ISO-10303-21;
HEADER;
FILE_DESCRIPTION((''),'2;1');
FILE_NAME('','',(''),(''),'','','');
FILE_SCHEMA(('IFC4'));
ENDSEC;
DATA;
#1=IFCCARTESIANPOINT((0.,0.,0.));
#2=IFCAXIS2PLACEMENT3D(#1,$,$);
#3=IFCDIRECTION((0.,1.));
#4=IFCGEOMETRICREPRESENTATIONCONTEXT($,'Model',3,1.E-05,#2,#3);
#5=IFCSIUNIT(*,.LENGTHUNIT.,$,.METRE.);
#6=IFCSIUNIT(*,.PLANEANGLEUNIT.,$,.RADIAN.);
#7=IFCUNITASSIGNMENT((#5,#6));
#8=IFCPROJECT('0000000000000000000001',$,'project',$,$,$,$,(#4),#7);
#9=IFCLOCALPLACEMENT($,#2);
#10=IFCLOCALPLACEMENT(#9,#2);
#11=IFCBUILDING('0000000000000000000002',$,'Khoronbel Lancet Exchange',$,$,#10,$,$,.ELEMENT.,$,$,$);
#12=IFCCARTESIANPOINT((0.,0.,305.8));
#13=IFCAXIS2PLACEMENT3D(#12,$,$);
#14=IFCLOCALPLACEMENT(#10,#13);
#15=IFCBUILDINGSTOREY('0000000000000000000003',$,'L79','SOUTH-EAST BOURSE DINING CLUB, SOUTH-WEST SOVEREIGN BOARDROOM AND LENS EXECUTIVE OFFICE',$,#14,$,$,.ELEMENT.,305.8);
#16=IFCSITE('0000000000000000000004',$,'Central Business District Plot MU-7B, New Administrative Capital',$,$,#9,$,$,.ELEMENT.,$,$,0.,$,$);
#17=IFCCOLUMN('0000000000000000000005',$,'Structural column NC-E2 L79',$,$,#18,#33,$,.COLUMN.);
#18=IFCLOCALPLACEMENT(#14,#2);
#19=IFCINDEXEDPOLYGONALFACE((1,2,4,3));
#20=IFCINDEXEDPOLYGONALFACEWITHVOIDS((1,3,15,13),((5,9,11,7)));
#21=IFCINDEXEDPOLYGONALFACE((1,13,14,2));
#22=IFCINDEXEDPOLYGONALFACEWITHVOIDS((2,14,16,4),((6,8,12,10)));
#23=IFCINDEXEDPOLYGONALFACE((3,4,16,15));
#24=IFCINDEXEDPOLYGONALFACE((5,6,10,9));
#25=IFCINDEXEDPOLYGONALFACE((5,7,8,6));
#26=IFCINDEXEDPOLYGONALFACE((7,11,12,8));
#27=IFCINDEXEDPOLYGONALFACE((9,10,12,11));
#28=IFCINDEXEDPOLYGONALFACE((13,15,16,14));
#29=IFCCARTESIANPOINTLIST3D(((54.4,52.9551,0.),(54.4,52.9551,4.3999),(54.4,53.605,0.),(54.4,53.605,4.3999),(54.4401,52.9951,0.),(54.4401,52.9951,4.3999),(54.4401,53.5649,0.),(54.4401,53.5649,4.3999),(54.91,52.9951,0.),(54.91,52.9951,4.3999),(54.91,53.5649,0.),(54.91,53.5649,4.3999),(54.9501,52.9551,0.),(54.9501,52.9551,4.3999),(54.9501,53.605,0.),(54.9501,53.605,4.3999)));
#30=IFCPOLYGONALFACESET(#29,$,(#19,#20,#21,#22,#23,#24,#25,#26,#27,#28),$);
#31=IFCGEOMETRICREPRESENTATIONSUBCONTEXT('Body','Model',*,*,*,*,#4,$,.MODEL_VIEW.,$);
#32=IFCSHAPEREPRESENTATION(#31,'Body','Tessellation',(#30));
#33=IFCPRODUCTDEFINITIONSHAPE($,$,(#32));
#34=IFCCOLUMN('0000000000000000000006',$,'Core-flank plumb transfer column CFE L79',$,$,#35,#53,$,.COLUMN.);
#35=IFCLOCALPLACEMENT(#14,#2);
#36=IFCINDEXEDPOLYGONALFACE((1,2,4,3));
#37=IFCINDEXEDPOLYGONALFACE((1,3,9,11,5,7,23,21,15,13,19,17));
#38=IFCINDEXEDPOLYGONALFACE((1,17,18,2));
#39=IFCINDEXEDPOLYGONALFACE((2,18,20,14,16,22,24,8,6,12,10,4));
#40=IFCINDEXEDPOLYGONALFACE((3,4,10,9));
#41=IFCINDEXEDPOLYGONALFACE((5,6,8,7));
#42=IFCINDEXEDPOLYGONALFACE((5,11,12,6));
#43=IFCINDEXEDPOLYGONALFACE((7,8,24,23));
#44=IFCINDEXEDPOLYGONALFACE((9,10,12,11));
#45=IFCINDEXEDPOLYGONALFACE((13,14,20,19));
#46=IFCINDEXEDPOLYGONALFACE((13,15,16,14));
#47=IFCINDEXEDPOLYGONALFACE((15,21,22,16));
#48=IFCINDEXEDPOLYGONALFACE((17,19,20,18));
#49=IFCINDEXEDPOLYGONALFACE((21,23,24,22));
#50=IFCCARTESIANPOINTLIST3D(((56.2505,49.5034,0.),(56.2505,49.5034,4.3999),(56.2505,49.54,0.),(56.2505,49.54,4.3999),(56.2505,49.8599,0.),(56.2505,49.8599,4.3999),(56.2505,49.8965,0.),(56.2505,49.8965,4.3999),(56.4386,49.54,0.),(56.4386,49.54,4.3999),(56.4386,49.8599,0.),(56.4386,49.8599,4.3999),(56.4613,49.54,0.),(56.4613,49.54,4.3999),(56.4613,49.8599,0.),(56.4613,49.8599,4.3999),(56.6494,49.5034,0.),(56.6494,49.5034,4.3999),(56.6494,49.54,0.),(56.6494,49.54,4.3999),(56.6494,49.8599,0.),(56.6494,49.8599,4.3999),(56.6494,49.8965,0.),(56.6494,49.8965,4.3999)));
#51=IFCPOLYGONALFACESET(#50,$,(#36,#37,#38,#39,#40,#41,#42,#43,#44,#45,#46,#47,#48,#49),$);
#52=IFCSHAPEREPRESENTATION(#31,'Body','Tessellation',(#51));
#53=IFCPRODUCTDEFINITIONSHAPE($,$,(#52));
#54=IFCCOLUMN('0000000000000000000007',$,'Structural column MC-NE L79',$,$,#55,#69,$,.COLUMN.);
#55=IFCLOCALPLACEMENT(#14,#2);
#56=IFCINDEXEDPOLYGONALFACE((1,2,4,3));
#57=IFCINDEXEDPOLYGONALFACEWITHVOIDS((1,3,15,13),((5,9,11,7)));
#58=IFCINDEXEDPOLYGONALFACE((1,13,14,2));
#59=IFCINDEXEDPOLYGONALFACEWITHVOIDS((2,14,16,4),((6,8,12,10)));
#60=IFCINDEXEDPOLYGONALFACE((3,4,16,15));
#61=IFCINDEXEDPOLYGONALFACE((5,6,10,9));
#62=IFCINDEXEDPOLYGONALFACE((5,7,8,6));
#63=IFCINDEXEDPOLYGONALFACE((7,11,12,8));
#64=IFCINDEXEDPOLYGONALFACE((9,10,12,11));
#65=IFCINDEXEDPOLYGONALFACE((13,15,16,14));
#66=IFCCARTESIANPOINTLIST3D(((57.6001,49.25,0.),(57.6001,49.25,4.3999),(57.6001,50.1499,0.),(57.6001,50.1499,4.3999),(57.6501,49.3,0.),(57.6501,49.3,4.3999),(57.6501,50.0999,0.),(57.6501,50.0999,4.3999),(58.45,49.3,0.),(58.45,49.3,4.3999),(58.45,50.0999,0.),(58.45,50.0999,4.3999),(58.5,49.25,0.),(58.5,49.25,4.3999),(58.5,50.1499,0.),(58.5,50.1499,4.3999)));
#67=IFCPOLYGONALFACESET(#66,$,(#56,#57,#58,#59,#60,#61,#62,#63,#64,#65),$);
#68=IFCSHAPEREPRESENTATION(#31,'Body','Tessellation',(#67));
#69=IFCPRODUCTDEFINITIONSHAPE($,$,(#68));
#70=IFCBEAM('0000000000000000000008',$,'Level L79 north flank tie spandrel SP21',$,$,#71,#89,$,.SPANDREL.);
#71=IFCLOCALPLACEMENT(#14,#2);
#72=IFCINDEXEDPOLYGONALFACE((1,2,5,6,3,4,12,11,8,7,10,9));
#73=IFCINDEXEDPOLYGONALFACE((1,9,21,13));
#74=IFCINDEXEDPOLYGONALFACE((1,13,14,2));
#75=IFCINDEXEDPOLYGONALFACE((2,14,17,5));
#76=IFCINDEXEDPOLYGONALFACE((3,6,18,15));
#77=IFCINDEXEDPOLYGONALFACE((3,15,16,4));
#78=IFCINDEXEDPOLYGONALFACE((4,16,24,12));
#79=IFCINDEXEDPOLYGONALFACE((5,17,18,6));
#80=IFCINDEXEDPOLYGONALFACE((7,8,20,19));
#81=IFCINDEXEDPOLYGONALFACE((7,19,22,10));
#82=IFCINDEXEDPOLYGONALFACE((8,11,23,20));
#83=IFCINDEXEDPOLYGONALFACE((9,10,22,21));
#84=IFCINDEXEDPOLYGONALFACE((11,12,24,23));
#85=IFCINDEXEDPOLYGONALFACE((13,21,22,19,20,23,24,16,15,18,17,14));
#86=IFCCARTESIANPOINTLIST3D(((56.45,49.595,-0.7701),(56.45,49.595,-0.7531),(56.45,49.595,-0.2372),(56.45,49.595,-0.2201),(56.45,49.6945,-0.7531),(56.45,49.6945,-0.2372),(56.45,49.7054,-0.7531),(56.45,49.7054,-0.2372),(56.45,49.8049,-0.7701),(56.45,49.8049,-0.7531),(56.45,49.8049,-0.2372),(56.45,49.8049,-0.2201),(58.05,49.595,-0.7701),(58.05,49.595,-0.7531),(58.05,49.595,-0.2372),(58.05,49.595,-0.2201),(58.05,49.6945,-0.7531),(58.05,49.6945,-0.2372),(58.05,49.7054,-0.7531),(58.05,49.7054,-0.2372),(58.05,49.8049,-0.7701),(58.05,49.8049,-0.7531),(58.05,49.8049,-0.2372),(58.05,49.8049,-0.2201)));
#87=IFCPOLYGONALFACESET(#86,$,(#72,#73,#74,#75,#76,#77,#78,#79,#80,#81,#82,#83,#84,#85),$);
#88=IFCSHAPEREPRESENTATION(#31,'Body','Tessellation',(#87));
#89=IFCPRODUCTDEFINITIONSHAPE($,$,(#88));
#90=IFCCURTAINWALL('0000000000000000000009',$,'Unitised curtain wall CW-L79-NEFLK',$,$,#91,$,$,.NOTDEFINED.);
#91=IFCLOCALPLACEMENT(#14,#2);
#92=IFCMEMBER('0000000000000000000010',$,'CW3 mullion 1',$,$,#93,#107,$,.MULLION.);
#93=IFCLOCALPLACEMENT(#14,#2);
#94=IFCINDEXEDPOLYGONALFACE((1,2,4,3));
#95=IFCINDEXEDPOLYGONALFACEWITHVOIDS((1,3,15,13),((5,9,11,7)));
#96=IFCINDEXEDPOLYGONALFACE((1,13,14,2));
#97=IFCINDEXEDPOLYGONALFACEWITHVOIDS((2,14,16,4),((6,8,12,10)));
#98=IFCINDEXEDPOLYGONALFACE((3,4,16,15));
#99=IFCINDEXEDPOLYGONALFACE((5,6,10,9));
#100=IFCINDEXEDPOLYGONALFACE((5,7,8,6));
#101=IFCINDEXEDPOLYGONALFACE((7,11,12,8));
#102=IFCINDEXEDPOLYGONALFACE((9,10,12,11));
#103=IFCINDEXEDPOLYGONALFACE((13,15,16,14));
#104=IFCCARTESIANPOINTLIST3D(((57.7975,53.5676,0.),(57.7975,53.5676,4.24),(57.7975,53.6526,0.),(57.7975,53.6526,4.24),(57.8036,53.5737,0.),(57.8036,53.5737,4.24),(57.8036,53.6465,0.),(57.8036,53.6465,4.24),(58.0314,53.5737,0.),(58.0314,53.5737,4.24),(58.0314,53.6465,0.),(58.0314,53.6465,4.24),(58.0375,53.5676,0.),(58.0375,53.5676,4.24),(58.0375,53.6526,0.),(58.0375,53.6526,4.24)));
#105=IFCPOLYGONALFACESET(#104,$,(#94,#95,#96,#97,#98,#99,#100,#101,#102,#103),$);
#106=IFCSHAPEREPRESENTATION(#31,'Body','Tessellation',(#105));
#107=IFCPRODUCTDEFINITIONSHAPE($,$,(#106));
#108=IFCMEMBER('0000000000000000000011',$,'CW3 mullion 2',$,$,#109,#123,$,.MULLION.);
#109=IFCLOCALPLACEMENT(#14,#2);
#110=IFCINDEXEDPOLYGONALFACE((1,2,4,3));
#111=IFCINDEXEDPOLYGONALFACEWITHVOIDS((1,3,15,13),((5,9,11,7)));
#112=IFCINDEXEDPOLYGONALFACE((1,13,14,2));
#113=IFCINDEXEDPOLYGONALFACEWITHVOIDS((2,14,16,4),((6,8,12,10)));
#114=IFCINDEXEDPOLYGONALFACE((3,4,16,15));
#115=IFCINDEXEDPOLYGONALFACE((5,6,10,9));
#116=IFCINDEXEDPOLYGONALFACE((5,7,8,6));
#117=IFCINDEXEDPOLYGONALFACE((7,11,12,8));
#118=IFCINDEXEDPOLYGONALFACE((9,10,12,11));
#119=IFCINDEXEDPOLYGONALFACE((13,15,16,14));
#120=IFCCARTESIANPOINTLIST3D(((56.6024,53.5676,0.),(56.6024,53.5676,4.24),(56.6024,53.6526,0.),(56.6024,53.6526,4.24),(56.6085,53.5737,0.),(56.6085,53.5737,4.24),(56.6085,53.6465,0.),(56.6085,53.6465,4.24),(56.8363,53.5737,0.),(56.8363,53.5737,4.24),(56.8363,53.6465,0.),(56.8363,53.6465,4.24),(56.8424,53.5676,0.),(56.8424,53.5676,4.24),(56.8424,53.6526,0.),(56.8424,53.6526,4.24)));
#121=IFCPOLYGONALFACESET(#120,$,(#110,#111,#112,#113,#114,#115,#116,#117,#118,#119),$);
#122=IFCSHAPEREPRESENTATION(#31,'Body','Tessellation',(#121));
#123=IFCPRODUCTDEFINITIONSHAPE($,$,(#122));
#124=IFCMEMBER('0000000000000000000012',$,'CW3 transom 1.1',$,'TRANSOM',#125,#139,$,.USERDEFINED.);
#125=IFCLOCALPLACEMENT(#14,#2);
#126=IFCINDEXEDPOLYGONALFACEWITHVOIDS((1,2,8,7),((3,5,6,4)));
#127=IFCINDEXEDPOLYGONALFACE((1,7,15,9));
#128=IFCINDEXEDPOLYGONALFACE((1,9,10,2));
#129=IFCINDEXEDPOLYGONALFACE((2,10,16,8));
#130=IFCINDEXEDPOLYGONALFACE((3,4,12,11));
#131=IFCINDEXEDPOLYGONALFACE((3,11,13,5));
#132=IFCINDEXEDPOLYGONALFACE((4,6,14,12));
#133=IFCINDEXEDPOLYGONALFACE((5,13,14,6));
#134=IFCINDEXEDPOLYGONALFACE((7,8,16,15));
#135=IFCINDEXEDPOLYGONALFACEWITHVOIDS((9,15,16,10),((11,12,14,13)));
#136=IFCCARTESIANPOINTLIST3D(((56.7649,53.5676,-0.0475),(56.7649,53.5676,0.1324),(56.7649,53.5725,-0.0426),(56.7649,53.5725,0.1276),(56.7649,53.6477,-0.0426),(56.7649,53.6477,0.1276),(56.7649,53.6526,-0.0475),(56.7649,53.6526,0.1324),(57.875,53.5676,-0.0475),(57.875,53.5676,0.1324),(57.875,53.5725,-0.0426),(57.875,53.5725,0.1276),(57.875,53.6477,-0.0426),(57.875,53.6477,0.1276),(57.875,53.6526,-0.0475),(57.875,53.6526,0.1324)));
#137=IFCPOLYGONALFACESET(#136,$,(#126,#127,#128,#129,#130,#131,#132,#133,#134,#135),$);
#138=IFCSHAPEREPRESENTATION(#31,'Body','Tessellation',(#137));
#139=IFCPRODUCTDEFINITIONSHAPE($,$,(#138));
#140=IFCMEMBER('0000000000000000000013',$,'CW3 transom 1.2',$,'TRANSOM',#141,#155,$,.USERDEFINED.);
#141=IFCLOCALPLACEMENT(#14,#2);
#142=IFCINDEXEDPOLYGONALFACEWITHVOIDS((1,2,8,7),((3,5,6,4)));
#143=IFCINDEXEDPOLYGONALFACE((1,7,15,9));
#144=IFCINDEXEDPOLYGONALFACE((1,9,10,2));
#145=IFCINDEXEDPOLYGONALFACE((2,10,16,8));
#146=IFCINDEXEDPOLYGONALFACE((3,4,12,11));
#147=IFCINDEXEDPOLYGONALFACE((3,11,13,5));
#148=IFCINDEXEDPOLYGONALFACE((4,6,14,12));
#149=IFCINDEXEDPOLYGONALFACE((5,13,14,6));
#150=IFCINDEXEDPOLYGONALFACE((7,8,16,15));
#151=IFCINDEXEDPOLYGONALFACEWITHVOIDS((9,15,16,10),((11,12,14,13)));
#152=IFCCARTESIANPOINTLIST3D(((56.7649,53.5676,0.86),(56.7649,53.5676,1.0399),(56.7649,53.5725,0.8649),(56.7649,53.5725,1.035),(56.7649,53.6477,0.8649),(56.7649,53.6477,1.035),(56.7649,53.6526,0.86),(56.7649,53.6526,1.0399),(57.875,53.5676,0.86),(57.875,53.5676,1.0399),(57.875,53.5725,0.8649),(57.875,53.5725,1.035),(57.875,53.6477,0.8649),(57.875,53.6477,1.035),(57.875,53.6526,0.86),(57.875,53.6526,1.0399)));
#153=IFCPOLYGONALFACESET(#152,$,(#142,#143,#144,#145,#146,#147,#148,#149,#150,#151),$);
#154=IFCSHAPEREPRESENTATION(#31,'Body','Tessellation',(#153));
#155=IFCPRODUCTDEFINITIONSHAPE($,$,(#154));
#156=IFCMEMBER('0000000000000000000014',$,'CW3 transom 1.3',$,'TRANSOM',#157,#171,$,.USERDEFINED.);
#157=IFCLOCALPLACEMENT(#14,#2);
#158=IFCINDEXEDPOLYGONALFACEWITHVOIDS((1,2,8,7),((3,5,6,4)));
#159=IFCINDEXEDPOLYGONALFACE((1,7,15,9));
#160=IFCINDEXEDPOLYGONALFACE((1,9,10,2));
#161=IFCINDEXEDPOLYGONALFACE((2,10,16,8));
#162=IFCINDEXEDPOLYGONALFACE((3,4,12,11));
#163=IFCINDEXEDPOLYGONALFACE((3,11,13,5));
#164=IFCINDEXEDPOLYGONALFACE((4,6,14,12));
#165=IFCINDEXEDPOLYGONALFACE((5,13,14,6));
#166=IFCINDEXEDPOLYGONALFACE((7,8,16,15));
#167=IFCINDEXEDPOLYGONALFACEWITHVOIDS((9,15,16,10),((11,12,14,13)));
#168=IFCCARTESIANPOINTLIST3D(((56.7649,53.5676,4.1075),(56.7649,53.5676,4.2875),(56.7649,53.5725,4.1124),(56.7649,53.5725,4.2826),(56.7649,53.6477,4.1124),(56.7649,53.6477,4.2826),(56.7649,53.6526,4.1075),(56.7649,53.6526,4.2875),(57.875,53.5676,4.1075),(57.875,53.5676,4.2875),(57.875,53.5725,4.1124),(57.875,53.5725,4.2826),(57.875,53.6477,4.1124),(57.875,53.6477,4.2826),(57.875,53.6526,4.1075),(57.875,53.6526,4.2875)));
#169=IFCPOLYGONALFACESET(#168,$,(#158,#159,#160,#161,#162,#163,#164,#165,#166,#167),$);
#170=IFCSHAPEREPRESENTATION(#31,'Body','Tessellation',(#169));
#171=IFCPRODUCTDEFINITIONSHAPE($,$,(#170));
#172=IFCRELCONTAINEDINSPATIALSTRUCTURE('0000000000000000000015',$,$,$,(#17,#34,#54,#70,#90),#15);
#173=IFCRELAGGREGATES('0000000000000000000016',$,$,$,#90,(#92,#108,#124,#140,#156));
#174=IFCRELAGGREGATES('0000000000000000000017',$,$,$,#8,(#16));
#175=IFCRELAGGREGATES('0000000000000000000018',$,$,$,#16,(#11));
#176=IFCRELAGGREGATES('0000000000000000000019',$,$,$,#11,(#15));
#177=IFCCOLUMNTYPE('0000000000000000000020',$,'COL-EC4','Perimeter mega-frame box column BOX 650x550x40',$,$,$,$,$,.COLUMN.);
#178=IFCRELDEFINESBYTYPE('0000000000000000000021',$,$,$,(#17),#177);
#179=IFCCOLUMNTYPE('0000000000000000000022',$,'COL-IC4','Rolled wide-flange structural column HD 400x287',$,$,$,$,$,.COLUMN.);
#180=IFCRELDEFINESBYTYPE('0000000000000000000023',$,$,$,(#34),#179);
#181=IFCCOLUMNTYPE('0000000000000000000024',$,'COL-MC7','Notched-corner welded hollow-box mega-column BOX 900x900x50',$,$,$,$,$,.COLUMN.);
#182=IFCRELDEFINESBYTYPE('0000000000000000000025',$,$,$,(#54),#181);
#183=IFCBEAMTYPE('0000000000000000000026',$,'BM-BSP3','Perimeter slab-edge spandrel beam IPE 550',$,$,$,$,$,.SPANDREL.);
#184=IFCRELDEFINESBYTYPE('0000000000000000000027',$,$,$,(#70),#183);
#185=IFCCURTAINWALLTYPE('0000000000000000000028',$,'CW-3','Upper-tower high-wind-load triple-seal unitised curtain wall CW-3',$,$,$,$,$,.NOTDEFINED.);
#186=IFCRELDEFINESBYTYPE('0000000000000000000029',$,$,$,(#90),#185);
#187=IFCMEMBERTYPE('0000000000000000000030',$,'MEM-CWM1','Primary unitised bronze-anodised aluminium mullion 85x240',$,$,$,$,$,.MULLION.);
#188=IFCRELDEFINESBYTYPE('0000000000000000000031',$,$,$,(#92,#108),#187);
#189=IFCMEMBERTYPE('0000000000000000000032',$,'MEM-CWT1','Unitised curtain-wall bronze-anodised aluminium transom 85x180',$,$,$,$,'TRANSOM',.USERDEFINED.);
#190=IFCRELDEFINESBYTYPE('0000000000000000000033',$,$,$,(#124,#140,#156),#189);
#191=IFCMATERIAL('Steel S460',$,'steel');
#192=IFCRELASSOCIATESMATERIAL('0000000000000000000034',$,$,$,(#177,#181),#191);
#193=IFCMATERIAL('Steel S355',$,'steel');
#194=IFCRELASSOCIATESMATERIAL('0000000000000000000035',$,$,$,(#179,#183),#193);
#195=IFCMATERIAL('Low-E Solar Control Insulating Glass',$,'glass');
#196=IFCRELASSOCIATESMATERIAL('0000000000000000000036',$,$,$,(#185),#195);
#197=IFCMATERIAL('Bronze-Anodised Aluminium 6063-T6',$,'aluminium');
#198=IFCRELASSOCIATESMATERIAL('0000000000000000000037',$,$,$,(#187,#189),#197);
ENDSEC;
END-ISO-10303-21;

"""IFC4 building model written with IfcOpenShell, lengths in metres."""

from ifc_helpers import new_model, si_unit, direction, frame, origin, origin_2d, place, context, subcontext, project, spatial, hollow_rectangle, i_section, extrude, material, material_profile, profile_set, type_object, element, aggregate, save


model = new_model("IFC4")

# Units and contexts
model_context = context("Model", 3, precision=1e-05, world=origin(), true_north=direction((0.0, 1.0)))
body_context = subcontext(model_context, "Body", "Model", "MODEL_VIEW")
ifc_project = project(units=[si_unit("LENGTHUNIT", "METRE"), si_unit("PLANEANGLEUNIT", "RADIAN")], contexts=[model_context])

# Site, building, storey
site_placement = place(None, origin())
site = spatial("IfcSite", under=ifc_project, at=site_placement, Name="Central Business District Plot MU-7B, New Administrative Capital", CompositionType="ELEMENT", RefElevation=0.0)
building_placement = place(site_placement, origin())
building = spatial("IfcBuilding", under=site, at=building_placement, Name="Khoronbel Lancet Exchange", CompositionType="ELEMENT")
storey_placement = place(building_placement, frame((0.0, 0.0, 305.8)))
storey = spatial("IfcBuildingStorey", under=building, at=storey_placement, Name="L79", Description="SOUTH-EAST BOURSE DINING CLUB, SOUTH-WEST SOVEREIGN BOARDROOM AND LENS EXECUTIVE OFFICE", CompositionType="ELEMENT", Elevation=305.8)

# Columns
ifc_material_1 = material(Name="Steel S460", Category="steel")
ifc_material_profile_1 = material_profile(ifc_material_1, hollow_rectangle(XDim=0.55, YDim=0.6499, WallThickness=0.04, at=origin_2d()), Name="BOX 650x550x40")
ifc_profile_set_1 = profile_set([ifc_material_profile_1], Name="Steel S460")
column_type_1 = type_object("IfcColumnType", Name="COL-EC4", Description="Perimeter mega-frame box column BOX 650x550x40", PredefinedType="COLUMN", material=ifc_profile_set_1)
column_1_placement = place(storey_placement, frame((54.675, 53.28, 0.0), z_axis=(0.0, 0.0, 1.0), x_axis=(1.0, 0.0, 0.0)))
element("IfcColumn", 1, at=column_1_placement, inside=storey, type_object=column_type_1, Name="Structural column NC-E2 L79", PredefinedType="COLUMN", context=body_context, shape_type="SweptSolid", body=[
    extrude(hollow_rectangle(XDim=0.55, YDim=0.6499, WallThickness=0.04, at=origin_2d()), origin(), (0.0, 0.0, 1.0), 4.3999),
])
ifc_material_2 = material(Name="Steel S355", Category="steel")
ifc_material_profile_2 = material_profile(ifc_material_2, i_section(OverallWidth=0.3989, OverallDepth=0.3931, WebThickness=0.0227, FlangeThickness=0.0366, at=origin_2d()), Name="HD 400x287")
ifc_profile_set_2 = profile_set([ifc_material_profile_2], Name="Steel S355")
column_type_2 = type_object("IfcColumnType", Name="COL-IC4", Description="Rolled wide-flange structural column HD 400x287", PredefinedType="COLUMN", material=ifc_profile_set_2)
column_2_placement = place(storey_placement, frame((56.45, 49.7, 0.0), z_axis=(0.0, 0.0, 1.0), x_axis=(1.0, 0.0, 0.0)))
element("IfcColumn", 2, at=column_2_placement, inside=storey, type_object=column_type_2, Name="Core-flank plumb transfer column CFE L79", PredefinedType="COLUMN", context=body_context, shape_type="SweptSolid", body=[
    extrude(i_section(OverallWidth=0.3989, OverallDepth=0.3931, WebThickness=0.0227, FlangeThickness=0.0366, at=origin_2d()), origin(), (0.0, 0.0, 1.0), 4.3999),
])
ifc_material_profile_3 = material_profile(ifc_material_1, hollow_rectangle(XDim=0.8999, YDim=0.8999, WallThickness=0.05, at=origin_2d()), Name="BOX 900x900x50")
ifc_profile_set_3 = profile_set([ifc_material_profile_3], Name="Steel S460")
column_type_3 = type_object("IfcColumnType", Name="COL-MC7", Description="Notched-corner welded hollow-box mega-column BOX 900x900x50", PredefinedType="COLUMN", material=ifc_profile_set_3)
column_3_placement = place(storey_placement, frame((58.05, 49.7, 0.0), z_axis=(0.0, 0.0, 1.0), x_axis=(1.0, 0.0, 0.0)))
element("IfcColumn", 3, at=column_3_placement, inside=storey, type_object=column_type_3, Name="Structural column MC-NE L79", PredefinedType="COLUMN", context=body_context, shape_type="SweptSolid", body=[
    extrude(hollow_rectangle(XDim=0.8999, YDim=0.8999, WallThickness=0.05, at=origin_2d()), origin(), (0.0, 0.0, 1.0), 4.3999),
])

# Beam
ifc_material_profile_4 = material_profile(ifc_material_2, i_section(OverallWidth=0.21, OverallDepth=0.55, WebThickness=0.011, FlangeThickness=0.0171, at=origin_2d()), Name="IPE 550")
ifc_profile_set_4 = profile_set([ifc_material_profile_4], Name="Steel S355")
beam_type = type_object("IfcBeamType", Name="BM-BSP3", Description="Perimeter slab-edge spandrel beam IPE 550", PredefinedType="SPANDREL", material=ifc_profile_set_4)
beam_placement = place(storey_placement, frame((58.05, 49.7, -0.4951), z_axis=(-1.0, 0.0, 0.0), x_axis=(0.0, -1.0, 0.0)))
element("IfcBeam", 4, at=beam_placement, inside=storey, type_object=beam_type, Name="Level L79 north flank tie spandrel SP21", PredefinedType="SPANDREL", context=body_context, shape_type="SweptSolid", body=[
    extrude(i_section(OverallWidth=0.21, OverallDepth=0.55, WebThickness=0.011, FlangeThickness=0.0171, at=origin_2d()), origin(), (0.0, 0.0, 1.0), 1.6001),
])

# Curtain wall, members
ifc_material_3 = material(Name="Low-E Solar Control Insulating Glass", Category="glass")
curtain_wall_type = type_object("IfcCurtainWallType", Name="CW-3", Description="Upper-tower high-wind-load triple-seal unitised curtain wall CW-3", PredefinedType="NOTDEFINED", material=ifc_material_3)
curtain_wall_placement = place(storey_placement, origin())
curtain_wall = element("IfcCurtainWall", 5, at=curtain_wall_placement, inside=storey, type_object=curtain_wall_type, Name="Unitised curtain wall CW-L79-NEFLK", PredefinedType="NOTDEFINED")
ifc_material_4 = material(Name="Bronze-Anodised Aluminium 6063-T6", Category="aluminium")
ifc_material_profile_5 = material_profile(ifc_material_4, hollow_rectangle(XDim=0.085, YDim=0.24, WallThickness=0.0061, at=origin_2d()), Name="ALU MULLION 85x240")
ifc_profile_set_5 = profile_set([ifc_material_profile_5], Name="Bronze-Anodised Aluminium 6063-T6")
member_type_1 = type_object("IfcMemberType", Name="MEM-CWM1", Description="Primary unitised bronze-anodised aluminium mullion 85x240", PredefinedType="MULLION", material=ifc_profile_set_5)
member_1_placement = place(storey_placement, frame((57.9175, 53.6101, 0.0), z_axis=(0.0, 0.0, 1.0), x_axis=(0.0, -1.0, 0.0)))
member_1 = element("IfcMember", 6, at=member_1_placement, type_object=member_type_1, Name="CW3 mullion 1", PredefinedType="MULLION", context=body_context, shape_type="SweptSolid", body=[
    extrude(hollow_rectangle(XDim=0.085, YDim=0.24, WallThickness=0.0061, at=origin_2d()), origin(), (0.0, 0.0, 1.0), 4.24),
])
member_2_placement = place(storey_placement, frame((56.7224, 53.6101, 0.0), z_axis=(0.0, 0.0, 1.0), x_axis=(0.0, -1.0, 0.0)))
member_2 = element("IfcMember", 7, at=member_2_placement, type_object=member_type_1, Name="CW3 mullion 2", PredefinedType="MULLION", context=body_context, shape_type="SweptSolid", body=[
    extrude(hollow_rectangle(XDim=0.085, YDim=0.24, WallThickness=0.0061, at=origin_2d()), origin(), (0.0, 0.0, 1.0), 4.24),
])
ifc_material_profile_6 = material_profile(ifc_material_4, hollow_rectangle(XDim=0.085, YDim=0.1799, WallThickness=0.0049, at=origin_2d()), Name="ALU TRANSOM 85x180")
ifc_profile_set_6 = profile_set([ifc_material_profile_6], Name="Bronze-Anodised Aluminium 6063-T6")
member_type_2 = type_object("IfcMemberType", Name="MEM-CWT1", Description="Unitised curtain-wall bronze-anodised aluminium transom 85x180", ElementType="TRANSOM", PredefinedType="USERDEFINED", material=ifc_profile_set_6)
member_3_placement = place(storey_placement, frame((57.875, 53.6101, 0.0425), z_axis=(-1.0, 0.0, 0.0), x_axis=(0.0, -1.0, 0.0)))
member_3 = element("IfcMember", 8, at=member_3_placement, type_object=member_type_2, Name="CW3 transom 1.1", ObjectType="TRANSOM", PredefinedType="USERDEFINED", context=body_context, shape_type="SweptSolid", body=[
    extrude(hollow_rectangle(XDim=0.085, YDim=0.1799, WallThickness=0.0049, at=origin_2d()), origin(), (0.0, 0.0, 1.0), 1.1101),
])
member_4_placement = place(storey_placement, frame((57.875, 53.6101, 0.95), z_axis=(-1.0, 0.0, 0.0), x_axis=(0.0, -1.0, 0.0)))
member_4 = element("IfcMember", 9, at=member_4_placement, type_object=member_type_2, Name="CW3 transom 1.2", ObjectType="TRANSOM", PredefinedType="USERDEFINED", context=body_context, shape_type="SweptSolid", body=[
    extrude(hollow_rectangle(XDim=0.085, YDim=0.1799, WallThickness=0.0049, at=origin_2d()), origin(), (0.0, 0.0, 1.0), 1.1101),
])
member_5_placement = place(storey_placement, frame((57.875, 53.6101, 4.1975), z_axis=(-1.0, 0.0, 0.0), x_axis=(0.0, -1.0, 0.0)))
member_5 = element("IfcMember", 10, at=member_5_placement, type_object=member_type_2, Name="CW3 transom 1.3", ObjectType="TRANSOM", PredefinedType="USERDEFINED", context=body_context, shape_type="SweptSolid", body=[
    extrude(hollow_rectangle(XDim=0.085, YDim=0.1799, WallThickness=0.0049, at=origin_2d()), origin(), (0.0, 0.0, 1.0), 1.1101),
])
aggregate(curtain_wall, [member_1, member_2, member_3, member_4, member_5])

save(model, "model.ifc")
